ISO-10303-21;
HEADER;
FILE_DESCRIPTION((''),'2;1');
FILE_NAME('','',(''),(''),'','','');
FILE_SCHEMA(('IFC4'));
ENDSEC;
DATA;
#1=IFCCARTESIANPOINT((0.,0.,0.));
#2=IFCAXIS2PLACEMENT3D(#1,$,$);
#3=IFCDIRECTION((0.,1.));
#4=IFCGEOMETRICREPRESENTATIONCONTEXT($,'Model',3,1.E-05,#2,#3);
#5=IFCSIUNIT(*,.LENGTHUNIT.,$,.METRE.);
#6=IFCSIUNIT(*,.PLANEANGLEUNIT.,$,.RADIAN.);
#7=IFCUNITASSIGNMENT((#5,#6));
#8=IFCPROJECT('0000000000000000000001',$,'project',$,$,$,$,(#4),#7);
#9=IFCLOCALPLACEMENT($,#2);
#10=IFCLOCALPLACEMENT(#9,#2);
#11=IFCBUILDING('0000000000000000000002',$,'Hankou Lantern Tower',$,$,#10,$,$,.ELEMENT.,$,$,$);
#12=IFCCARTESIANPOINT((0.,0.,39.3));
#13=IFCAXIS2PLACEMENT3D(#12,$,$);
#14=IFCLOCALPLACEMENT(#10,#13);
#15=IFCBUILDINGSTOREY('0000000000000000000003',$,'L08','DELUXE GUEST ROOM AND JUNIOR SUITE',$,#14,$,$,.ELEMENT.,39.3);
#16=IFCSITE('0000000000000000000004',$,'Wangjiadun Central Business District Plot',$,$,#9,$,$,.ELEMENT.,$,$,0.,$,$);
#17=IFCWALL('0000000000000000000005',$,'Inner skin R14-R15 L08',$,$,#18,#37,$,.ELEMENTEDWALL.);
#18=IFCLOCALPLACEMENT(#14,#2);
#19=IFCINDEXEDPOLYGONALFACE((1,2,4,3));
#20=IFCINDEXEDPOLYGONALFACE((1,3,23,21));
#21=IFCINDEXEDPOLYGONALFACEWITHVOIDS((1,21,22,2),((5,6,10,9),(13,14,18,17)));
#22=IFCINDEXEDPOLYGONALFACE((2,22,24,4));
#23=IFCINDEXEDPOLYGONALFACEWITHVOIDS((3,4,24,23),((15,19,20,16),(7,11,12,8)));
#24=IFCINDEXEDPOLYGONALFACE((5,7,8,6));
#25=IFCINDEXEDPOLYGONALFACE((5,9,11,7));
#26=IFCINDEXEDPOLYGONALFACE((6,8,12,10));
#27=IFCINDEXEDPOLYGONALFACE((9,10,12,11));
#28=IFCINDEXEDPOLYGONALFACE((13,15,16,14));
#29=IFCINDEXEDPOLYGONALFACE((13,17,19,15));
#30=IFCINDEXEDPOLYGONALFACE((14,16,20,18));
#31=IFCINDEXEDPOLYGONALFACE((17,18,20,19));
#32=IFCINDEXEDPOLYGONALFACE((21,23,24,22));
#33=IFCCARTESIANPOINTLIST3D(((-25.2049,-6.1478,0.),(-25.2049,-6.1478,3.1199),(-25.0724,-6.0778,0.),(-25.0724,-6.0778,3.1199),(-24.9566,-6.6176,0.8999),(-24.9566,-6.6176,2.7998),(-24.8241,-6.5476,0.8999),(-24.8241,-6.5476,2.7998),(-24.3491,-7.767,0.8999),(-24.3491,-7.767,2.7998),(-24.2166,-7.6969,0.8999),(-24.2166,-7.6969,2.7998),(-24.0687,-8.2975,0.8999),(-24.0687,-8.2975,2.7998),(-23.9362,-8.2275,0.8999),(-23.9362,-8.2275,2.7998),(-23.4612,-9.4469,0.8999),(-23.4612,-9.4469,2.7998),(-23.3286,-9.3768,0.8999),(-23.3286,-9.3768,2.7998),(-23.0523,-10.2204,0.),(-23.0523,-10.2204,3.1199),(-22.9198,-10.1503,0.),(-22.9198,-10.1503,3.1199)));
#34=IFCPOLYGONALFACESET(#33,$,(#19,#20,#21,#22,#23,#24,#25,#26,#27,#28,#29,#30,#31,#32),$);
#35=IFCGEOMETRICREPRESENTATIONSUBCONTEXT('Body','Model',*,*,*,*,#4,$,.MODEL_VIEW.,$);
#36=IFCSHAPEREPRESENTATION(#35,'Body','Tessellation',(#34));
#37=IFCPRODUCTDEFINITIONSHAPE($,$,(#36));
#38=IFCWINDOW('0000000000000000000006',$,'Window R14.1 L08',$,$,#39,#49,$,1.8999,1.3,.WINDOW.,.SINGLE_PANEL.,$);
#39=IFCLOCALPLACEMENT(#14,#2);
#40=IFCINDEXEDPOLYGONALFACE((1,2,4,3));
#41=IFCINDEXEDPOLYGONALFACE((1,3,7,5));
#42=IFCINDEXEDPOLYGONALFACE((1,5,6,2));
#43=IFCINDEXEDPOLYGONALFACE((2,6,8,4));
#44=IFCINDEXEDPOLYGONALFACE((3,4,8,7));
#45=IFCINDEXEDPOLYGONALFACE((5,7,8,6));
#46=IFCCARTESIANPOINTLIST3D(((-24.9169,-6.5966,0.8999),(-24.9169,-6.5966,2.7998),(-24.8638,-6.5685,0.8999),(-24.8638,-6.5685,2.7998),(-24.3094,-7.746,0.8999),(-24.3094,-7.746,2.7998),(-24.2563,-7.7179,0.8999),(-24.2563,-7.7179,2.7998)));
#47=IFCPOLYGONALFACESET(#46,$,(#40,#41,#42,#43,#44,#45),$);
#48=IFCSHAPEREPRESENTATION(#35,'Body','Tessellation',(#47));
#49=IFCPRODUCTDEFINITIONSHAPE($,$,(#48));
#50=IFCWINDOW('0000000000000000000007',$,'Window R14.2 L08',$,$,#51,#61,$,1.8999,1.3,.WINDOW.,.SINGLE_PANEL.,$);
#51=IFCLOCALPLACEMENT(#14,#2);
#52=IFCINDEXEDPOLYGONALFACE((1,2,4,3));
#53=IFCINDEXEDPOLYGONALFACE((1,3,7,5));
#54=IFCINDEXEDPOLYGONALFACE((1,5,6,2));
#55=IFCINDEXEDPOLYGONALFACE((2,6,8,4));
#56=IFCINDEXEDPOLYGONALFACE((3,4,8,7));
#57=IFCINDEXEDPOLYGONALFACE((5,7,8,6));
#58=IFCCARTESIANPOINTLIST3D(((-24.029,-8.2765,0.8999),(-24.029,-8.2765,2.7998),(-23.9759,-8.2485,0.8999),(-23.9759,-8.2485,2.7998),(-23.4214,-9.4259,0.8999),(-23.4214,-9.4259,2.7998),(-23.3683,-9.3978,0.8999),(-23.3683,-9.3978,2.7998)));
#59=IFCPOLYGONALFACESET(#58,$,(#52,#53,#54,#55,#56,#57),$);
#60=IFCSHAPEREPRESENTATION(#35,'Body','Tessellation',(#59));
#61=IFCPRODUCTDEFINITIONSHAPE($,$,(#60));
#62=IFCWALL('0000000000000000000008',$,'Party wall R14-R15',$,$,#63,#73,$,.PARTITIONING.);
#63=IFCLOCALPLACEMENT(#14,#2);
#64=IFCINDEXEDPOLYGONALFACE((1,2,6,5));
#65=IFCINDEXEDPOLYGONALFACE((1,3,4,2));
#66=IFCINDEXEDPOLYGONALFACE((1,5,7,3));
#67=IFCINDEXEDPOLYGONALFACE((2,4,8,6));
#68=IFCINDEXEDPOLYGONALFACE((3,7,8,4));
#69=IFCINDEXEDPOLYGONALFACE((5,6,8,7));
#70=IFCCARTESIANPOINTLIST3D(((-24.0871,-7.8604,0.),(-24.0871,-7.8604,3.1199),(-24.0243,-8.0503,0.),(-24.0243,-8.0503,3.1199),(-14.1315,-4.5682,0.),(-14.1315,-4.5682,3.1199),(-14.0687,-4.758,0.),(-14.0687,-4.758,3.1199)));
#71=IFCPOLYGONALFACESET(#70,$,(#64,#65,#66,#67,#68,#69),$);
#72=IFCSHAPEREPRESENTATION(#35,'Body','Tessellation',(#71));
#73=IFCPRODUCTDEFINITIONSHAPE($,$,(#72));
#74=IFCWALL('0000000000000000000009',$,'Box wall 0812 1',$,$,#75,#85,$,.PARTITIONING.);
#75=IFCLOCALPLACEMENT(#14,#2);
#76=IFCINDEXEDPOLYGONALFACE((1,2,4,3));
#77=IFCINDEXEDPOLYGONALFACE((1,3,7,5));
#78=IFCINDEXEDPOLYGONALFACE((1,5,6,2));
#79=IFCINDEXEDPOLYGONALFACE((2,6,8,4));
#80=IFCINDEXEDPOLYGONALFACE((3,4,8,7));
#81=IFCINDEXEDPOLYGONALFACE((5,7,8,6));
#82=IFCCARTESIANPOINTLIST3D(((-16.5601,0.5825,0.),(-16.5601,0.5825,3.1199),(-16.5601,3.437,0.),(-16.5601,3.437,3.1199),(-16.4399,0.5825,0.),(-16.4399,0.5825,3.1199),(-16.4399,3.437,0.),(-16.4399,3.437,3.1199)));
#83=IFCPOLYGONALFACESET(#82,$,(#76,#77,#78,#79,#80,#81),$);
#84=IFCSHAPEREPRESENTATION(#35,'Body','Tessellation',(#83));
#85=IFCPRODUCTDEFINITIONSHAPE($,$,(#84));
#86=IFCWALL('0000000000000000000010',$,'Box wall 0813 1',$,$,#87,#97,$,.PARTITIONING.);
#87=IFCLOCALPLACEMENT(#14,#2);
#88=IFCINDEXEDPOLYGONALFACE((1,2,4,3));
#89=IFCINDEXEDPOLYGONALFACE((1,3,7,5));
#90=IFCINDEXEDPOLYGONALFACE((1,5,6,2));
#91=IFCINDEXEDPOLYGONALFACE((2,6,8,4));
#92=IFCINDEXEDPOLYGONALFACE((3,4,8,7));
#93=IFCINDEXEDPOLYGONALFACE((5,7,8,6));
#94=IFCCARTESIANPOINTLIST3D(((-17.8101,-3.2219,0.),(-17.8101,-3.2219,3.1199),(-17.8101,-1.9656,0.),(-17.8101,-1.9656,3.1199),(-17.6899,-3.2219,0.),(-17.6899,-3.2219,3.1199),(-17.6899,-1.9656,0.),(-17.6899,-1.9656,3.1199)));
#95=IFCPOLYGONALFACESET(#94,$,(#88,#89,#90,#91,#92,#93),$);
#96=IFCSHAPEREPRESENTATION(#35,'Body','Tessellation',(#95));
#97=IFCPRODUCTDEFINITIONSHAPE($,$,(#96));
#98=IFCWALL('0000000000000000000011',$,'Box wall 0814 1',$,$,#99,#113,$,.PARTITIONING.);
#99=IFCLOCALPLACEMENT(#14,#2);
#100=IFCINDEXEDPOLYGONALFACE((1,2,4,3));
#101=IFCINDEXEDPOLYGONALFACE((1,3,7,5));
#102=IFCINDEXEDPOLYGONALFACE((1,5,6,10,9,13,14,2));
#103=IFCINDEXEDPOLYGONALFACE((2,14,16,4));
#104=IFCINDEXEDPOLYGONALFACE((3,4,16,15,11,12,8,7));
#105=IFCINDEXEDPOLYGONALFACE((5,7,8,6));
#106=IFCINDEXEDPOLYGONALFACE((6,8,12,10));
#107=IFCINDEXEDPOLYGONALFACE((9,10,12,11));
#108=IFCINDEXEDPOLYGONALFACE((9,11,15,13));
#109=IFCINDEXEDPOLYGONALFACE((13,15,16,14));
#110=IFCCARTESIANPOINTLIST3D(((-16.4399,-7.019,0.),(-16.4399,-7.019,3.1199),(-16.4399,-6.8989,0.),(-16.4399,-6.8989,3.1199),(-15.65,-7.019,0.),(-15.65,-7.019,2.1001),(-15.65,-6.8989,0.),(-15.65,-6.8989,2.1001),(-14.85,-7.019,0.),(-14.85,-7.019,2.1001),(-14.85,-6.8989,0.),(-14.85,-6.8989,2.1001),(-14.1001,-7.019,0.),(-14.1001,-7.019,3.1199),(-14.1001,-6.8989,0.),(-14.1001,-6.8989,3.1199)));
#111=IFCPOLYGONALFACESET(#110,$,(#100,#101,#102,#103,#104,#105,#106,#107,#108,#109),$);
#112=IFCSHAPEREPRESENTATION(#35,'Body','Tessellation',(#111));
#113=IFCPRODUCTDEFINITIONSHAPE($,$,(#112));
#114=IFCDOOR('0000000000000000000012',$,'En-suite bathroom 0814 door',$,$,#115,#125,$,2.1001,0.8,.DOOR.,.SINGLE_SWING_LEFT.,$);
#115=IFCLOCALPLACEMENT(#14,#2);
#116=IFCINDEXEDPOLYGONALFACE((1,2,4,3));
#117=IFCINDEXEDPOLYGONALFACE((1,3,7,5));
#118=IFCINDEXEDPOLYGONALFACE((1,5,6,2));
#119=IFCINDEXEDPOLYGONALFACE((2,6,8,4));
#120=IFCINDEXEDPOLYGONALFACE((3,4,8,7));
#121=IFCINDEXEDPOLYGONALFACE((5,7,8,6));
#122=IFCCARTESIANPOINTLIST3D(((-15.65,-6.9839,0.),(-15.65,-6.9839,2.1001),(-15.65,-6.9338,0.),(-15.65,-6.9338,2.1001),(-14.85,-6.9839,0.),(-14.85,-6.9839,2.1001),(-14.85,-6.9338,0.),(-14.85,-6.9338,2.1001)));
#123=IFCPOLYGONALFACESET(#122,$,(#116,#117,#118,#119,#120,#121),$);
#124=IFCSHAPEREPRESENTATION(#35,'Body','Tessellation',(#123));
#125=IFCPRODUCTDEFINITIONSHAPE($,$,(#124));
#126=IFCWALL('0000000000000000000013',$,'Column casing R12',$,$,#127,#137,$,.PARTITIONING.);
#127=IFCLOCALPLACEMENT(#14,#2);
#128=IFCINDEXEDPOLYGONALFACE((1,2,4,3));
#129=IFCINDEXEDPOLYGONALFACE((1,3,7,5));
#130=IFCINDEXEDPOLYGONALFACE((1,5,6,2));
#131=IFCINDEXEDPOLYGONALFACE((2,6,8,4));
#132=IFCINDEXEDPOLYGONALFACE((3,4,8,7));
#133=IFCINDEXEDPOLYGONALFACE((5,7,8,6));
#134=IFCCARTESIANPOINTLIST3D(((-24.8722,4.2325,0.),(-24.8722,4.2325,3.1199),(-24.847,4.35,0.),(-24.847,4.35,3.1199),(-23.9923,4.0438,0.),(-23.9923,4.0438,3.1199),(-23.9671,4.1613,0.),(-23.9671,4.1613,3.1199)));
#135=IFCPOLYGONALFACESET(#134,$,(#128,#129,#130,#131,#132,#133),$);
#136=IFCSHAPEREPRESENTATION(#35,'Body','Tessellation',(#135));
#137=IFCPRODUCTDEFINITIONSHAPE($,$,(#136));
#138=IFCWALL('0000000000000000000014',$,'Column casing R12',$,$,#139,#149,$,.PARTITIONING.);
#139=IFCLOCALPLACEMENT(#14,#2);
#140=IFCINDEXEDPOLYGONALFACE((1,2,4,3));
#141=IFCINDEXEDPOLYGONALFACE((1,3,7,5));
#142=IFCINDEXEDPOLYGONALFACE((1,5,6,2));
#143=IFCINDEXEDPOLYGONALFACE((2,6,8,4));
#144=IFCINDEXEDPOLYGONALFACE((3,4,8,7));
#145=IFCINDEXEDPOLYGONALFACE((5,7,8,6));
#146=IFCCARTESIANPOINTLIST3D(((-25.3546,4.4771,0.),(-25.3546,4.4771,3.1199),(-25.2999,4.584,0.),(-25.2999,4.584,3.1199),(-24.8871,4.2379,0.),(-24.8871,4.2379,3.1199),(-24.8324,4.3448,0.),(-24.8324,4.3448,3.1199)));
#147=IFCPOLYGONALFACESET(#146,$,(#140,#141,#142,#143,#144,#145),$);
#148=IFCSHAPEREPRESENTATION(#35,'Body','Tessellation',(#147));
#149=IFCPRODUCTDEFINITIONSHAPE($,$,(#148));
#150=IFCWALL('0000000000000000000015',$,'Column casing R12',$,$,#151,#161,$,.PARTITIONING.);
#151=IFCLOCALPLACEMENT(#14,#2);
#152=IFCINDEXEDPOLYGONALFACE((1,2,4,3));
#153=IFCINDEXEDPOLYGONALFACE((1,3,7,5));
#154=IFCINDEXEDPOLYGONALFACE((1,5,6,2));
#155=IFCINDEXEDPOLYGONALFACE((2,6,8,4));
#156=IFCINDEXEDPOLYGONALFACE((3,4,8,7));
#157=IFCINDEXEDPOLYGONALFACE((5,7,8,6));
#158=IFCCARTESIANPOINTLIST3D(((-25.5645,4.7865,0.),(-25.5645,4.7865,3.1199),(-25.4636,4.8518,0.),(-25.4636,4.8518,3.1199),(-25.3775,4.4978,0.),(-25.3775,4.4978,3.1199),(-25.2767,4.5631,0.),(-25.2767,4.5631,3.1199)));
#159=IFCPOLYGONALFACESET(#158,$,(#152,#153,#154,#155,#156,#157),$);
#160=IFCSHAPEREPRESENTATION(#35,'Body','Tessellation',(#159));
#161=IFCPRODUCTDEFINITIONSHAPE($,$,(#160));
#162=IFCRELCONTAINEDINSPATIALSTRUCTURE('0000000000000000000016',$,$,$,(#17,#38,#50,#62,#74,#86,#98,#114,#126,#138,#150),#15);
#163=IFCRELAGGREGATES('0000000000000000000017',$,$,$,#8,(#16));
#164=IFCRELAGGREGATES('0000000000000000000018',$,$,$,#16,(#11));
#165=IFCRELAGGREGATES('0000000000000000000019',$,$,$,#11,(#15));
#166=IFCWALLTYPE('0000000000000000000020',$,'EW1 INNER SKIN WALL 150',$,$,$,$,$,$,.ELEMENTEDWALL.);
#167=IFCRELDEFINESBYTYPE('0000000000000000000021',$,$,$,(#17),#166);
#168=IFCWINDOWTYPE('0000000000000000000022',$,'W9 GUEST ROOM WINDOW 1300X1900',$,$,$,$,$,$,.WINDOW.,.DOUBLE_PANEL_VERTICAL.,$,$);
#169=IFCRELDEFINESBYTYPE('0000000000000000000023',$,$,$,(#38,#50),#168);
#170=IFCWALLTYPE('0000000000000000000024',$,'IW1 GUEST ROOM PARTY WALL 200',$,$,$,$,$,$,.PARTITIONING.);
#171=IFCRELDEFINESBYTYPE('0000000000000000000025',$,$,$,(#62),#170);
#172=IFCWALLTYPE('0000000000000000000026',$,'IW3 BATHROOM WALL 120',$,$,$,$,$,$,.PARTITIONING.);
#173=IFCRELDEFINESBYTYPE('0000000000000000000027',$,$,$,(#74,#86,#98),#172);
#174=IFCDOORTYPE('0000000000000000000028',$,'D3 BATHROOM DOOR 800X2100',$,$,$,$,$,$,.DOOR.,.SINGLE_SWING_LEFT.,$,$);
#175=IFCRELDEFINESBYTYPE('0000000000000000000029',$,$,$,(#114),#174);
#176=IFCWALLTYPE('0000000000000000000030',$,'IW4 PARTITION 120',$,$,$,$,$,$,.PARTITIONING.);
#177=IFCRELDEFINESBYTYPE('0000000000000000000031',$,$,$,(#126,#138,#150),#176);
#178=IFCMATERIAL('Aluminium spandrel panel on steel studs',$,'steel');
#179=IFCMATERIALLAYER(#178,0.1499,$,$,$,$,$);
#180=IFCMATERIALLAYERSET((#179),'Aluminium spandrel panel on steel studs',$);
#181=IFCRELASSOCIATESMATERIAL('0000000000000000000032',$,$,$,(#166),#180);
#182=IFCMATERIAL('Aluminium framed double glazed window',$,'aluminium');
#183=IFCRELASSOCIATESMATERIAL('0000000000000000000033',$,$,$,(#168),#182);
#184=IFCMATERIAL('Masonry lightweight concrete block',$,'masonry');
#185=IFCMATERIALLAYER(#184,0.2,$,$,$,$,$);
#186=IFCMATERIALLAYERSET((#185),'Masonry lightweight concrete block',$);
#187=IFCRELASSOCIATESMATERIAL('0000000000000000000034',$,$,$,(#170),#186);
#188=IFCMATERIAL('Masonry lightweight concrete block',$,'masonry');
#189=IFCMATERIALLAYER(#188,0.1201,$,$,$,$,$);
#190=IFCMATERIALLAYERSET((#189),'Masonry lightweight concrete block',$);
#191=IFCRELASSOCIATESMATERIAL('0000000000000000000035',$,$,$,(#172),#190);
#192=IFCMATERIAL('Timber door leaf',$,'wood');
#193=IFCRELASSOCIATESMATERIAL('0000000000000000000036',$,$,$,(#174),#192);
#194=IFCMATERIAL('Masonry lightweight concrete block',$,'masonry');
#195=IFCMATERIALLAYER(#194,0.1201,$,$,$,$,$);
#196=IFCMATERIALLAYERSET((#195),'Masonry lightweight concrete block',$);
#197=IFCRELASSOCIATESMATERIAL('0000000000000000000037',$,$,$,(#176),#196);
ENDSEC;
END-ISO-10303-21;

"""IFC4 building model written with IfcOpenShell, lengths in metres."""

from ifc_helpers import new_model, si_unit, direction, frame, frame_2d, origin, place, context, subcontext, project, spatial, rectangle, extrude, material, layer, layer_set, type_object, element, fill, save


model = new_model("IFC4")

# Units and contexts
model_context = context("Model", 3, precision=1e-05, world=origin(), true_north=direction((0.0, 1.0)))
body_context = subcontext(model_context, "Body", "Model", "MODEL_VIEW")
ifc_project = project(units=[si_unit("LENGTHUNIT", "METRE"), si_unit("PLANEANGLEUNIT", "RADIAN")], contexts=[model_context])

# Site, building, storey
site_placement = place(None, origin())
site = spatial("IfcSite", under=ifc_project, at=site_placement, Name="Wangjiadun Central Business District Plot", CompositionType="ELEMENT", RefElevation=0.0)
building_placement = place(site_placement, origin())
building = spatial("IfcBuilding", under=site, at=building_placement, Name="Hankou Lantern Tower", CompositionType="ELEMENT")
storey_placement = place(building_placement, frame((0.0, 0.0, 39.3)))
storey = spatial("IfcBuildingStorey", under=building, at=storey_placement, Name="L08", Description="DELUXE GUEST ROOM AND JUNIOR SUITE", CompositionType="ELEMENT", Elevation=39.3)

# Wall, openings, windows
ifc_material_1 = material(Name="Aluminium spandrel panel on steel studs", Category="steel")
ifc_layer_1 = layer(ifc_material_1, 0.1499)
ifc_layer_set_1 = layer_set([ifc_layer_1], Name="Aluminium spandrel panel on steel studs")
wall_type_1 = type_object("IfcWallType", Name="EW1 INNER SKIN WALL 150", PredefinedType="ELEMENTEDWALL", material=ifc_layer_set_1)
ifc_material_2 = material(Name="Aluminium framed double glazed window", Category="aluminium")
window_type = type_object("IfcWindowType", Name="W9 GUEST ROOM WINDOW 1300X1900", PartitioningType="DOUBLE_PANEL_VERTICAL", PredefinedType="WINDOW", material=ifc_material_2)
wall_1_placement = place(storey_placement, frame((-25.1387, -6.1128, 0.0), z_axis=(0.0, 0.0, 1.0), x_axis=(0.467303, -0.884097, 0.0)))
wall_1 = element("IfcWall", 1, at=wall_1_placement, inside=storey, type_object=wall_type_1, Name="Inner skin R14-R15 L08", PredefinedType="ELEMENTEDWALL", context=body_context, shape_type="SweptSolid", body=[
    extrude(rectangle(XDim=4.6064, YDim=0.1499, at=frame_2d((2.3032, 0.0))), origin(), (0.0, 0.0, 1.0), 3.1199),
])
opening_1_placement = place(wall_1_placement, frame((0.5315, 0.0, 0.8999)))
opening_1 = element("IfcOpeningElement", 2, at=opening_1_placement, cuts=wall_1, PredefinedType="OPENING", context=body_context, shape_type="SweptSolid", body=[
    extrude(rectangle(XDim=1.3, YDim=1.8999, at=frame_2d((0.6499, 0.95))), frame((0.0, 0.085, 0.0), z_axis=(0.0, -1.0, 0.0), x_axis=(1.0, 0.0, 0.0)), (0.0, 0.0, 1.0), 0.1699),
])
opening_2_placement = place(wall_1_placement, frame((2.4316, 0.0, 0.8999)))
opening_2 = element("IfcOpeningElement", 3, at=opening_2_placement, cuts=wall_1, PredefinedType="OPENING", context=body_context, shape_type="SweptSolid", body=[
    extrude(rectangle(XDim=1.3, YDim=1.8999, at=frame_2d((0.6499, 0.95))), frame((0.0, 0.085, 0.0), z_axis=(0.0, -1.0, 0.0), x_axis=(1.0, 0.0, 0.0)), (0.0, 0.0, 1.0), 0.1699),
])
window_1_placement = place(opening_1_placement, origin())
window_1 = element("IfcWindow", 4, at=window_1_placement, inside=storey, type_object=window_type, Name="Window R14.1 L08", OverallHeight=1.8999, OverallWidth=1.3, PartitioningType="SINGLE_PANEL", PredefinedType="WINDOW", context=body_context, shape_type="SweptSolid", body=[
    extrude(rectangle(XDim=1.3, YDim=1.8999, at=frame_2d((0.6499, 0.95))), frame((0.0, 0.03, 0.0), z_axis=(0.0, -1.0, 0.0), x_axis=(1.0, 0.0, 0.0)), (0.0, 0.0, 1.0), 0.0601),
])
fill(opening_1, window_1)
window_2_placement = place(opening_2_placement, origin())
window_2 = element("IfcWindow", 5, at=window_2_placement, inside=storey, type_object=window_type, Name="Window R14.2 L08", OverallHeight=1.8999, OverallWidth=1.3, PartitioningType="SINGLE_PANEL", PredefinedType="WINDOW", context=body_context, shape_type="SweptSolid", body=[
    extrude(rectangle(XDim=1.3, YDim=1.8999, at=frame_2d((0.6499, 0.95))), frame((0.0, 0.03, 0.0), z_axis=(0.0, -1.0, 0.0), x_axis=(1.0, 0.0, 0.0)), (0.0, 0.0, 1.0), 0.0601),
])
fill(opening_2, window_2)

# Walls
ifc_material_3 = material(Name="Masonry lightweight concrete block", Category="masonry")
ifc_layer_2 = layer(ifc_material_3, 0.2)
ifc_layer_set_2 = layer_set([ifc_layer_2], Name="Masonry lightweight concrete block")
wall_type_2 = type_object("IfcWallType", Name="IW1 GUEST ROOM PARTY WALL 200", PredefinedType="PARTITIONING", material=ifc_layer_set_2)
wall_2_placement = place(storey_placement, frame((-14.1001, -4.6631, 0.0), z_axis=(0.0, 0.0, 1.0), x_axis=(-0.949433, -0.313971, 0.0)))
element("IfcWall", 6, at=wall_2_placement, inside=storey, type_object=wall_type_2, Name="Party wall R14-R15", PredefinedType="PARTITIONING", context=body_context, shape_type="SweptSolid", body=[
    extrude(rectangle(XDim=10.4858, YDim=0.2, at=frame_2d((5.2429, 0.0))), origin(), (0.0, 0.0, 1.0), 3.1199),
])
ifc_material_4 = material(Name="Masonry lightweight concrete block", Category="masonry")
ifc_layer_3 = layer(ifc_material_4, 0.1201)
ifc_layer_set_3 = layer_set([ifc_layer_3], Name="Masonry lightweight concrete block")
wall_type_3 = type_object("IfcWallType", Name="IW3 BATHROOM WALL 120", PredefinedType="PARTITIONING", material=ifc_layer_set_3)
wall_3_placement = place(storey_placement, frame((-16.5, 3.437, 0.0), z_axis=(0.0, 0.0, 1.0), x_axis=(0.0, -1.0, 0.0)))
element("IfcWall", 7, at=wall_3_placement, inside=storey, type_object=wall_type_3, Name="Box wall 0812 1", PredefinedType="PARTITIONING", context=body_context, shape_type="SweptSolid", body=[
    extrude(rectangle(XDim=2.8545, YDim=0.1201, at=frame_2d((1.4272, 0.0))), origin(), (0.0, 0.0, 1.0), 3.1199),
])
wall_4_placement = place(storey_placement, frame((-17.75, -1.9656, 0.0), z_axis=(0.0, 0.0, 1.0), x_axis=(0.0, -1.0, 0.0)))
element("IfcWall", 8, at=wall_4_placement, inside=storey, type_object=wall_type_3, Name="Box wall 0813 1", PredefinedType="PARTITIONING", context=body_context, shape_type="SweptSolid", body=[
    extrude(rectangle(XDim=1.2563, YDim=0.1201, at=frame_2d((0.6282, 0.0))), origin(), (0.0, 0.0, 1.0), 3.1199),
])

# Wall, opening, door
wall_5_placement = place(storey_placement, frame((-14.1001, -6.959, 0.0), z_axis=(0.0, 0.0, 1.0), x_axis=(-1.0, 0.0, 0.0)))
wall_5 = element("IfcWall", 9, at=wall_5_placement, inside=storey, type_object=wall_type_3, Name="Box wall 0814 1", PredefinedType="PARTITIONING", context=body_context, shape_type="SweptSolid", body=[
    extrude(rectangle(XDim=2.3398, YDim=0.1201, at=frame_2d((1.1699, 0.0))), origin(), (0.0, 0.0, 1.0), 3.1199),
])
opening_3_placement = place(wall_5_placement, frame((0.75, 0.0, 0.0)))
opening_3 = element("IfcOpeningElement", 10, at=opening_3_placement, cuts=wall_5, PredefinedType="OPENING", context=body_context, shape_type="SweptSolid", body=[
    extrude(rectangle(XDim=0.8, YDim=2.1001, at=frame_2d((0.3999, 1.05))), frame((0.0, 0.0701, 0.0), z_axis=(0.0, -1.0, 0.0), x_axis=(1.0, 0.0, 0.0)), (0.0, 0.0, 1.0), 0.1401),
])
ifc_material_5 = material(Name="Timber door leaf", Category="wood")
door_type = type_object("IfcDoorType", Name="D3 BATHROOM DOOR 800X2100", OperationType="SINGLE_SWING_LEFT", PredefinedType="DOOR", material=ifc_material_5)
door_placement = place(opening_3_placement, origin())
door = element("IfcDoor", 11, at=door_placement, inside=storey, type_object=door_type, Name="En-suite bathroom 0814 door", OperationType="SINGLE_SWING_LEFT", OverallHeight=2.1001, OverallWidth=0.8, PredefinedType="DOOR", context=body_context, shape_type="SweptSolid", body=[
    extrude(rectangle(XDim=0.8, YDim=2.1001, at=frame_2d((0.3999, 1.05))), frame((0.0, 0.0249, 0.0), z_axis=(0.0, -1.0, 0.0), x_axis=(1.0, 0.0, 0.0)), (0.0, 0.0, 1.0), 0.05),
])
fill(opening_3, door)

# Walls
ifc_material_6 = material(Name="Masonry lightweight concrete block", Category="masonry")
ifc_layer_4 = layer(ifc_material_6, 0.1201)
ifc_layer_set_4 = layer_set([ifc_layer_4], Name="Masonry lightweight concrete block")
wall_type_4 = type_object("IfcWallType", Name="IW4 PARTITION 120", PredefinedType="PARTITIONING", material=ifc_layer_set_4)
wall_6_placement = place(storey_placement, frame((-23.9797, 4.1025, 0.0), z_axis=(0.0, 0.0, 1.0), x_axis=(-0.977763, 0.209714, 0.0)))
element("IfcWall", 12, at=wall_6_placement, inside=storey, type_object=wall_type_4, Name="Column casing R12", PredefinedType="PARTITIONING", context=body_context, shape_type="SweptSolid", body=[
    extrude(rectangle(XDim=0.8999, YDim=0.1201, at=frame_2d((0.45, 0.0))), origin(), (0.0, 0.0, 1.0), 3.1199),
])
wall_7_placement = place(storey_placement, frame((-24.8596, 4.2913, 0.0), z_axis=(0.0, 0.0, 1.0), x_axis=(-0.890204, 0.455561, 0.0)))
element("IfcWall", 13, at=wall_7_placement, inside=storey, type_object=wall_type_4, Name="Column casing R12", PredefinedType="PARTITIONING", context=body_context, shape_type="SweptSolid", body=[
    extrude(rectangle(XDim=0.5251, YDim=0.1201, at=frame_2d((0.2627, 0.0))), origin(), (0.0, 0.0, 1.0), 3.1199),
])
wall_8_placement = place(storey_placement, frame((-25.3271, 4.5305, 0.0), z_axis=(0.0, 0.0, 1.0), x_axis=(-0.543516, 0.839399, 0.0)))
element("IfcWall", 14, at=wall_8_placement, inside=storey, type_object=wall_type_4, Name="Column casing R12", PredefinedType="PARTITIONING", context=body_context, shape_type="SweptSolid", body=[
    extrude(rectangle(XDim=0.344, YDim=0.1201, at=frame_2d((0.1719, 0.0))), origin(), (0.0, 0.0, 1.0), 3.1199),
])

save(model, "model.ifc")
